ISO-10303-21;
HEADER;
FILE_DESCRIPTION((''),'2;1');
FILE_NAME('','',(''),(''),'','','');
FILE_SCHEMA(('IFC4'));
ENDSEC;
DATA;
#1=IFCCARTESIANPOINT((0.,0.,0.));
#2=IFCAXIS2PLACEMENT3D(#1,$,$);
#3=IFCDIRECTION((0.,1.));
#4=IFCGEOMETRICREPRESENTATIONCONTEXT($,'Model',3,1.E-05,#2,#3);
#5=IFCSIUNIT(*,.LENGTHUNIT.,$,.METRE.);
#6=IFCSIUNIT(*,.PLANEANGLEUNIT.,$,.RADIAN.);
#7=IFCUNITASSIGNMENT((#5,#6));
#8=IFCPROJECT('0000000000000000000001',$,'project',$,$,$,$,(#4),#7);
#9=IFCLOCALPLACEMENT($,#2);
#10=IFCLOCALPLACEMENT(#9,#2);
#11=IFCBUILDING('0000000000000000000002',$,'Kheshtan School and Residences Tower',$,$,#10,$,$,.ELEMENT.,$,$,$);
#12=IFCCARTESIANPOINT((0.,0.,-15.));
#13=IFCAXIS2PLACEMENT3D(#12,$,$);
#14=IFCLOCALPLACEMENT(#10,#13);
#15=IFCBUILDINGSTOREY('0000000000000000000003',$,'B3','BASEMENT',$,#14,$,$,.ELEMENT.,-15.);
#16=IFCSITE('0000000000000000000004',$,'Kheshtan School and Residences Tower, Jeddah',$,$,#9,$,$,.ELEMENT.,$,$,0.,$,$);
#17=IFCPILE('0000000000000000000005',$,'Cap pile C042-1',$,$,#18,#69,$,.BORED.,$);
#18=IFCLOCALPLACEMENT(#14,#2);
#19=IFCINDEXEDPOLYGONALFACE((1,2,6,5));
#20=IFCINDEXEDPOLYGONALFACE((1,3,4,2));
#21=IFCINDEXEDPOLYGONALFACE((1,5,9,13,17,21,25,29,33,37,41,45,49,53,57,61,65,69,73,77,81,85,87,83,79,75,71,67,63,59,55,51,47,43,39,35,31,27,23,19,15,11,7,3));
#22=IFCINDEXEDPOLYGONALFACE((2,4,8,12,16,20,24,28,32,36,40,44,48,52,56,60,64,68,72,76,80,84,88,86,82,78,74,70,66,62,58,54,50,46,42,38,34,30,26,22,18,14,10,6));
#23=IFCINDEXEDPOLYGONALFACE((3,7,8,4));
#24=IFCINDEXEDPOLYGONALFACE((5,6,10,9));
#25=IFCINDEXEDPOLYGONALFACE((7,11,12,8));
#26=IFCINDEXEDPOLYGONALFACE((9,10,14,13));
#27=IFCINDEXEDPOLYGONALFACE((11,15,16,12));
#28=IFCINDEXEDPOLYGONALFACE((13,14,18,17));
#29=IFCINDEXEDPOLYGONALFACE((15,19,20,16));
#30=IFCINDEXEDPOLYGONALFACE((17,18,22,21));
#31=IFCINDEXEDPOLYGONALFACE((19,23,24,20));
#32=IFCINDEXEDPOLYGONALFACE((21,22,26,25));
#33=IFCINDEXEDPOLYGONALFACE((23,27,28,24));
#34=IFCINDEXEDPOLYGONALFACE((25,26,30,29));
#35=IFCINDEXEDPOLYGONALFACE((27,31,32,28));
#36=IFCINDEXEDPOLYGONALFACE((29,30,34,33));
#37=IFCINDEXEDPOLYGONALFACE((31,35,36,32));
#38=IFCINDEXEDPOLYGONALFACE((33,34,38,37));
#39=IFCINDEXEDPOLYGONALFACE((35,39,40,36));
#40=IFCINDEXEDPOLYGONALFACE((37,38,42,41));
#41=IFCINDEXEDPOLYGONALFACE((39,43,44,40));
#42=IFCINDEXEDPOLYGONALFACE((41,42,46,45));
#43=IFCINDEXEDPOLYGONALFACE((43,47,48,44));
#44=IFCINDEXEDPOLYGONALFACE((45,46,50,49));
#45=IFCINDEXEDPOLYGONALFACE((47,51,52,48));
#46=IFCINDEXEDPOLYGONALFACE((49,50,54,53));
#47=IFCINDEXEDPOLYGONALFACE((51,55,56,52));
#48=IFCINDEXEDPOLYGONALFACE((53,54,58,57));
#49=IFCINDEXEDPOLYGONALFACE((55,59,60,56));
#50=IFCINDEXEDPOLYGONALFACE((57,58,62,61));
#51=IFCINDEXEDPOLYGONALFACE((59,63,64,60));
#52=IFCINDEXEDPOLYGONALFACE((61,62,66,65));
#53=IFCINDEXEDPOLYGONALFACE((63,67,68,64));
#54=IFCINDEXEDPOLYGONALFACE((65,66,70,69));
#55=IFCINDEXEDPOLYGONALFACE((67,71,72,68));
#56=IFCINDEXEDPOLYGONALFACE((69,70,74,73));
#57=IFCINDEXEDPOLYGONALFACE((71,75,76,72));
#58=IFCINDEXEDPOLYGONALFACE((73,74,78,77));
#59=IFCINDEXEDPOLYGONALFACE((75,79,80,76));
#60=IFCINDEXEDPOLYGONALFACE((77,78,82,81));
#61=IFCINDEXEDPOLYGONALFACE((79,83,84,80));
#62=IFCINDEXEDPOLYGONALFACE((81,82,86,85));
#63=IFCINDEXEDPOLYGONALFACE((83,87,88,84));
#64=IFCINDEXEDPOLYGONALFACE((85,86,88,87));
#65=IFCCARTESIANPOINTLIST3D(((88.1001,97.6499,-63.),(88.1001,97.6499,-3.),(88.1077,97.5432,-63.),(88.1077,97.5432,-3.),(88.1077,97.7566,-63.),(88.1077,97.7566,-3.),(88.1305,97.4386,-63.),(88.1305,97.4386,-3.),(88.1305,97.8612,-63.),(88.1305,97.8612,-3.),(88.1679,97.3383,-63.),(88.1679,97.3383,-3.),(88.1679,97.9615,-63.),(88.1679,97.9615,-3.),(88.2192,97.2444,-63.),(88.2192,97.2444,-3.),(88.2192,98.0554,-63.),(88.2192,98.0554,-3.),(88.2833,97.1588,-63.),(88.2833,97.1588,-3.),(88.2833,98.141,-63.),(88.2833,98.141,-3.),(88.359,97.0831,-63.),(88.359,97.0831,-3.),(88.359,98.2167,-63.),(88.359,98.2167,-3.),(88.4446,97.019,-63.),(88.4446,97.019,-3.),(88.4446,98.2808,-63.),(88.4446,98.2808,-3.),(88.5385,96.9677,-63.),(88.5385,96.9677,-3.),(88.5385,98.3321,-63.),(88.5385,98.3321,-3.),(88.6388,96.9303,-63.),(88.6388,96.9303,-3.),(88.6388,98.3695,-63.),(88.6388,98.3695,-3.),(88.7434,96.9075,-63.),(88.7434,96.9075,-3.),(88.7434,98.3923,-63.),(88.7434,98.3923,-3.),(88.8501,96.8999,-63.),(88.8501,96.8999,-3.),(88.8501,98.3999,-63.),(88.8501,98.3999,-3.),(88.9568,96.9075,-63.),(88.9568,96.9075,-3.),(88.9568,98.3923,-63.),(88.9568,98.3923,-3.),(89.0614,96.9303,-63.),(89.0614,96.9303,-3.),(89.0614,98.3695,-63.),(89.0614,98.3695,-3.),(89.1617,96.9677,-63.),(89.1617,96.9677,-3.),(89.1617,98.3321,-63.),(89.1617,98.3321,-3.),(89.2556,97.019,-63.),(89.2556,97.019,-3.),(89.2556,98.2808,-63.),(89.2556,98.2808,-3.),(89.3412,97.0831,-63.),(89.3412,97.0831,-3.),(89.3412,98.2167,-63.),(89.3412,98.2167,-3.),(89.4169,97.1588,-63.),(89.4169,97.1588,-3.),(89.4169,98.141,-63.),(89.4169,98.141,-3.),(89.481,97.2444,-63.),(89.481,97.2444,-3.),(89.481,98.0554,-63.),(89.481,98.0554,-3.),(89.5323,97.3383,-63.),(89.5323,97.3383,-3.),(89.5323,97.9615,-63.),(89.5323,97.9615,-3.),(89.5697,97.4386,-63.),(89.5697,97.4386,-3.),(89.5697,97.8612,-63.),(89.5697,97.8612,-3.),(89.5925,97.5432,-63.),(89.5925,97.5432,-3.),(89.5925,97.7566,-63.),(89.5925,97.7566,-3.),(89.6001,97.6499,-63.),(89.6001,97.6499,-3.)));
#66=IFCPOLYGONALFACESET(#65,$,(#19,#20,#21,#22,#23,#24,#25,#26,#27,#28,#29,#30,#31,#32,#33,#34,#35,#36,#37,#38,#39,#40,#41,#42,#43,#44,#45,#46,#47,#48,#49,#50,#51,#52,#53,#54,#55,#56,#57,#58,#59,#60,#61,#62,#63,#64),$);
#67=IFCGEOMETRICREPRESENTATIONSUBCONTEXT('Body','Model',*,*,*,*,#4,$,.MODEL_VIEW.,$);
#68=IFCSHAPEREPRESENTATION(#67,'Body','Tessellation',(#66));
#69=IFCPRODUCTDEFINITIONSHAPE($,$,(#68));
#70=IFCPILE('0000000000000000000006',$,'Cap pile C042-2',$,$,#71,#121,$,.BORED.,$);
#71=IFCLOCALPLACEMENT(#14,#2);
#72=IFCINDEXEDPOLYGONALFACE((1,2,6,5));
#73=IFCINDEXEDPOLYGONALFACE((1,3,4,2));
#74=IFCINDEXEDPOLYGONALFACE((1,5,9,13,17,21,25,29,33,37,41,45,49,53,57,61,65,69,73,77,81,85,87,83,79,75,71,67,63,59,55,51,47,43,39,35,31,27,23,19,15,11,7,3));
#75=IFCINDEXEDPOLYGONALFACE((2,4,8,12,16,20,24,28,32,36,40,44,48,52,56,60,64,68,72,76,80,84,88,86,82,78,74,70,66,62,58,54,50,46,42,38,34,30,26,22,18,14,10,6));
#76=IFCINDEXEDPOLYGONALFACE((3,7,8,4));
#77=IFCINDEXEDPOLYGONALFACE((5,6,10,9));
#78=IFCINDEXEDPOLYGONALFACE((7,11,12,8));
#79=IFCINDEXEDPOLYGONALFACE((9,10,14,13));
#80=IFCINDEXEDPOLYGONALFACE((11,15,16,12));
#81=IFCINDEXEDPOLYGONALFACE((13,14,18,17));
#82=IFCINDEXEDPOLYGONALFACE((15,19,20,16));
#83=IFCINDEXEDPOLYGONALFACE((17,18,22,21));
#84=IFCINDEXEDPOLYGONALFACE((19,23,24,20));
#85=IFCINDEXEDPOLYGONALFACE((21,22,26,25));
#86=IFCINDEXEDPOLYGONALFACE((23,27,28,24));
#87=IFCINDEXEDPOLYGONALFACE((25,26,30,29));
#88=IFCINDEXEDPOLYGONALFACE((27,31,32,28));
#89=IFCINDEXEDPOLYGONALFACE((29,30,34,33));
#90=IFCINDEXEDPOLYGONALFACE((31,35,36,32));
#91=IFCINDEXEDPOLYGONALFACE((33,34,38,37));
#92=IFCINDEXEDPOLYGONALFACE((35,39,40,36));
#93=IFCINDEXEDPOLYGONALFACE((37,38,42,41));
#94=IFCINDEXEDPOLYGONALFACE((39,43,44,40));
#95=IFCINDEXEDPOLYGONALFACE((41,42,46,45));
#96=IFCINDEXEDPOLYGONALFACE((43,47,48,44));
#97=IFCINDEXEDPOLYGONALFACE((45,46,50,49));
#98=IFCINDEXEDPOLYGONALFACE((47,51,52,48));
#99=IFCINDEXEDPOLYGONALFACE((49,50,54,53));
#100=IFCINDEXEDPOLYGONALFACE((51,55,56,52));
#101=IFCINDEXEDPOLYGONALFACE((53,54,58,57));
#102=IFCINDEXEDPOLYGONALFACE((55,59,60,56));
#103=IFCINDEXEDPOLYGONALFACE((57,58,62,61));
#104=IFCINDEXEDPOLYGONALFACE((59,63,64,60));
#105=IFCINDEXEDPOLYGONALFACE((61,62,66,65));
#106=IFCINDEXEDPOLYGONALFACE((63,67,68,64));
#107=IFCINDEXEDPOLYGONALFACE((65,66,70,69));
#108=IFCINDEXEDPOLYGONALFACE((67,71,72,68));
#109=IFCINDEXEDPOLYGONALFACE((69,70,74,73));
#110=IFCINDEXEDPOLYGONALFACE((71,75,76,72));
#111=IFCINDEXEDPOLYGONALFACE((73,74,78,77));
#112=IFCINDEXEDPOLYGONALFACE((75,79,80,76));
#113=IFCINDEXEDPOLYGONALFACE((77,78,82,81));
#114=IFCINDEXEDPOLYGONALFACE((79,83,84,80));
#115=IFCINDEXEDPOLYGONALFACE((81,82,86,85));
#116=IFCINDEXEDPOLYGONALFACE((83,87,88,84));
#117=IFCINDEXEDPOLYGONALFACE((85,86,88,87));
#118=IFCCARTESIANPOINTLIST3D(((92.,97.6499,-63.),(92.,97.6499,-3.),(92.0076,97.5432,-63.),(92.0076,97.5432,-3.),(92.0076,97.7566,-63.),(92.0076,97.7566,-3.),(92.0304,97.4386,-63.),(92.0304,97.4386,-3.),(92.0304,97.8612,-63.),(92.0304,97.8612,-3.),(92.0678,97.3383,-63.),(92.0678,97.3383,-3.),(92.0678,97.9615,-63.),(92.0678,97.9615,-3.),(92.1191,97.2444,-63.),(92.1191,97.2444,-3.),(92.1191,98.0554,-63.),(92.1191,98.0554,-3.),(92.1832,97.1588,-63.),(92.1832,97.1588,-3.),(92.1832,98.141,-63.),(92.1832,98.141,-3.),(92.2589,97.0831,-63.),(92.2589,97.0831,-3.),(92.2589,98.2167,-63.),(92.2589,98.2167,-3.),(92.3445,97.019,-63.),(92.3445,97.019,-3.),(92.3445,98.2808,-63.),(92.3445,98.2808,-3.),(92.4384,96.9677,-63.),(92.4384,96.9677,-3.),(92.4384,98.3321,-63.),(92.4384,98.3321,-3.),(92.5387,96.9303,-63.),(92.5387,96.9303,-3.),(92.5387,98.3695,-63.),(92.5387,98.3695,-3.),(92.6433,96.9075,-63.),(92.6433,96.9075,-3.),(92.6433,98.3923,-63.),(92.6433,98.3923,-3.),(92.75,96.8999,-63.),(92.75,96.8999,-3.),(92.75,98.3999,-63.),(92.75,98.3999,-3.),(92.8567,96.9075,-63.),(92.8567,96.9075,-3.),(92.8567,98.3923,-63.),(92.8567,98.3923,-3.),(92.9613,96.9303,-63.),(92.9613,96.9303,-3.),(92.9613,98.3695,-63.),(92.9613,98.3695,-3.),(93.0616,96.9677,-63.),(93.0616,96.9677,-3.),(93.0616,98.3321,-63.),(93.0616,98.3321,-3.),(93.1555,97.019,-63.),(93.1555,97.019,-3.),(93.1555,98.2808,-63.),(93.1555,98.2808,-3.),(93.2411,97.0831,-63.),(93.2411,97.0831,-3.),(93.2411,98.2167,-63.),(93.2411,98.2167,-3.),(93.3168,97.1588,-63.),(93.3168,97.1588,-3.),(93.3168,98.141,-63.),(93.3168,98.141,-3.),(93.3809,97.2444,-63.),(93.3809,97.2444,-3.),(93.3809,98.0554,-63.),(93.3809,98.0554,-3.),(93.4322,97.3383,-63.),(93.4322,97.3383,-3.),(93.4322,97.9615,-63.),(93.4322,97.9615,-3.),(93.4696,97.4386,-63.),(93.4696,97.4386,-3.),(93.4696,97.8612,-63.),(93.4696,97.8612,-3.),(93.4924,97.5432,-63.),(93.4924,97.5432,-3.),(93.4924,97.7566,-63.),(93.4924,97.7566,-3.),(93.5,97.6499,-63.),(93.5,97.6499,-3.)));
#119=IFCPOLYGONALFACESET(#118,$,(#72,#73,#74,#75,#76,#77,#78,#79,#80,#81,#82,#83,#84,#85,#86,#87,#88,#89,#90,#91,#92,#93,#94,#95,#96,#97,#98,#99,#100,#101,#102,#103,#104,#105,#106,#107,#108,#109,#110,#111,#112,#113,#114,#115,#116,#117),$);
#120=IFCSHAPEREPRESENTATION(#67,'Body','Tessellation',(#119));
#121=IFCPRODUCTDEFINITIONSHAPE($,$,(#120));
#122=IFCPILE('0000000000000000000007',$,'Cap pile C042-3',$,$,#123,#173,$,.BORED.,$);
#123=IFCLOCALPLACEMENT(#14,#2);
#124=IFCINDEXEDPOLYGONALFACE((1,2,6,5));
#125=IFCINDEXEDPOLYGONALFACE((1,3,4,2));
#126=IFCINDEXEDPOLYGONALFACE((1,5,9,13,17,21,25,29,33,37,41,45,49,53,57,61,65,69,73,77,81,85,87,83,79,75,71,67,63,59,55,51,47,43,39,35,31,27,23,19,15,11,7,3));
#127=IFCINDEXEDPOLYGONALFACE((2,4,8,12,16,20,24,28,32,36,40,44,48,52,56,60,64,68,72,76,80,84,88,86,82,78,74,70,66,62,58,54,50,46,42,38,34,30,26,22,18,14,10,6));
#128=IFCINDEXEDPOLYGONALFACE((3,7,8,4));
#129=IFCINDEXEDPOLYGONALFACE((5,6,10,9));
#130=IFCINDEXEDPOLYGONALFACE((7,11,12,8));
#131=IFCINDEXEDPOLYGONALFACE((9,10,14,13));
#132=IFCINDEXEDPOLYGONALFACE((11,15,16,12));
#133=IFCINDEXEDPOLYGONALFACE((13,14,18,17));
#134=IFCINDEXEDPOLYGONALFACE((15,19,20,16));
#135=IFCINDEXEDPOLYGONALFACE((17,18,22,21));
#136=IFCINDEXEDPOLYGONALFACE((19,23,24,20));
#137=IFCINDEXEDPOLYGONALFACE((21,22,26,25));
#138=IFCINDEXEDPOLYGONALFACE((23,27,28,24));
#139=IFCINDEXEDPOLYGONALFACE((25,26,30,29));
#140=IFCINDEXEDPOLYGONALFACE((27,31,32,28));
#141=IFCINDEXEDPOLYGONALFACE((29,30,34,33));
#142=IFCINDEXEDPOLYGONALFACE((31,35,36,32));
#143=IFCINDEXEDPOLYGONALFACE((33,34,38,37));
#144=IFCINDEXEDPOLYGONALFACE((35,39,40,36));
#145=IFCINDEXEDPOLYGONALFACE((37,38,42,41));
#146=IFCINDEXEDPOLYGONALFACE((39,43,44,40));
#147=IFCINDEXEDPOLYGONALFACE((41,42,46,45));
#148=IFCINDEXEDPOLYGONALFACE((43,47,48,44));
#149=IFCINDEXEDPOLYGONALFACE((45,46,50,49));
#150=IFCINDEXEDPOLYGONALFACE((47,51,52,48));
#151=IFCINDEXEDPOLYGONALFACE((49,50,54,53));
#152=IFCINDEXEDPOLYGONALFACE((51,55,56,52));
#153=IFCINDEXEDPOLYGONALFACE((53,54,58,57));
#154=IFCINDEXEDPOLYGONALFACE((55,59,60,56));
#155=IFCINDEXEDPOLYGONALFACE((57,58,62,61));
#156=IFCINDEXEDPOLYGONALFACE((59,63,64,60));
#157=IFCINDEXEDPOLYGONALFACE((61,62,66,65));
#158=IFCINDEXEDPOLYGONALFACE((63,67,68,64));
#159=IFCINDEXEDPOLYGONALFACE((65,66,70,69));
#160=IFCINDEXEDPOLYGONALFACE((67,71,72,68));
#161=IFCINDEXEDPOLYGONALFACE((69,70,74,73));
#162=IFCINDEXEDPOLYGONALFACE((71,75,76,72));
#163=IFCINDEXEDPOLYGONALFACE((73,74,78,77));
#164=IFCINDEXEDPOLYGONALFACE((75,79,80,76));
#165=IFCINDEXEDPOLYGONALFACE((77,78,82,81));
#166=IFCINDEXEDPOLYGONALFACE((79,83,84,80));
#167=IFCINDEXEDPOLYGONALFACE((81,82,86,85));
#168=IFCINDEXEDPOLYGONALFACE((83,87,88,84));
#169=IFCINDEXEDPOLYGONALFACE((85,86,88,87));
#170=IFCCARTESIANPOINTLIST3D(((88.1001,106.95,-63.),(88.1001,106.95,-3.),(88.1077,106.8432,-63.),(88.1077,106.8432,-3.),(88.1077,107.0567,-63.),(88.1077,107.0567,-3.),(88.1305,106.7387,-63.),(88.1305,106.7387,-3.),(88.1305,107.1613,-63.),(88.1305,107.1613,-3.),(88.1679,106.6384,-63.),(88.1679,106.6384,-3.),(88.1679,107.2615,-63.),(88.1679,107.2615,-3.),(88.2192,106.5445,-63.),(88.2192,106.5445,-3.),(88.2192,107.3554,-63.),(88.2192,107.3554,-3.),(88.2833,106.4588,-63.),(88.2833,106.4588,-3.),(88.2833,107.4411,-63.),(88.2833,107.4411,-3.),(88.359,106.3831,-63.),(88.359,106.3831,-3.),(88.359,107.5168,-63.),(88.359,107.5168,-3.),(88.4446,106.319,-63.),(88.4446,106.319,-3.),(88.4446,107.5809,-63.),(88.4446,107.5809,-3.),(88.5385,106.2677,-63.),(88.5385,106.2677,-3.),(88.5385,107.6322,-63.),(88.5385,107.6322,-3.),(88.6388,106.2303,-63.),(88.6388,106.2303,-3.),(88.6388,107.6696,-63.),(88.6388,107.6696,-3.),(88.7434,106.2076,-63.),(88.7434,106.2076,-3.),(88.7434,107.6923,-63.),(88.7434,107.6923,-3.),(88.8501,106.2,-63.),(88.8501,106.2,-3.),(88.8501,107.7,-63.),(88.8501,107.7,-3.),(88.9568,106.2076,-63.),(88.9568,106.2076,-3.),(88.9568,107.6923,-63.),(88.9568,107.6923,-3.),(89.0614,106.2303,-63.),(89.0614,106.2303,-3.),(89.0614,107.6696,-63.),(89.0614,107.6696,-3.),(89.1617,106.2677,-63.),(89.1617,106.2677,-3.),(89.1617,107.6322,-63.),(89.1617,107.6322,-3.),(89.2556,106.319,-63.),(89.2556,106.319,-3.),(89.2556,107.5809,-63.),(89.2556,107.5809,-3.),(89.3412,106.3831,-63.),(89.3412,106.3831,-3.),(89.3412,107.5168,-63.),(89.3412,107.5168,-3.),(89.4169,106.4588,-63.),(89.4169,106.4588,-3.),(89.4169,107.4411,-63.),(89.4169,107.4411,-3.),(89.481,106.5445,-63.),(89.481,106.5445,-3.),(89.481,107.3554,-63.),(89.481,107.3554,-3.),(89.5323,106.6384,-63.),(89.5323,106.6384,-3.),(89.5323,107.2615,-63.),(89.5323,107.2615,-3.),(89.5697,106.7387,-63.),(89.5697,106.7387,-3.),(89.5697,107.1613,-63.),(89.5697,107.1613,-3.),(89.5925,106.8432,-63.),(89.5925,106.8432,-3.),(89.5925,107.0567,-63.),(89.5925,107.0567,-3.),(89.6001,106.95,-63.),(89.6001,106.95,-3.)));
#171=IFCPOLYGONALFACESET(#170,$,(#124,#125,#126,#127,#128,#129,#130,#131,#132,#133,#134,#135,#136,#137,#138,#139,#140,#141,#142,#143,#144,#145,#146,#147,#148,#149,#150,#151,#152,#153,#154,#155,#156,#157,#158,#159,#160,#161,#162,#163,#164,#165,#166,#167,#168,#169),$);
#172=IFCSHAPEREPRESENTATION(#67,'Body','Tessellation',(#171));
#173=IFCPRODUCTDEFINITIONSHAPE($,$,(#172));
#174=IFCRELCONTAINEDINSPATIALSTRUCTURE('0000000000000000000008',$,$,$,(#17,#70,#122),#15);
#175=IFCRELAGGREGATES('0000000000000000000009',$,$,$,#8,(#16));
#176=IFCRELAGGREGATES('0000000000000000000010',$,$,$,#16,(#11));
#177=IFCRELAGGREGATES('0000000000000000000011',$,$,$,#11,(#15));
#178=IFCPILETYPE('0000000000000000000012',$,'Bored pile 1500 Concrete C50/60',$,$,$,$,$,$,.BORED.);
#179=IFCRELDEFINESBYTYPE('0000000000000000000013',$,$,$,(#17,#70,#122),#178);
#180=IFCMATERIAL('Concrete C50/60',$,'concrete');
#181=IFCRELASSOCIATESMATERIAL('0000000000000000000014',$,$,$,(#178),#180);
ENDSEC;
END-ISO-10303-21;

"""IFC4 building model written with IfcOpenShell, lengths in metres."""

from ifc_helpers import new_model, si_unit, direction, frame, origin, origin_2d, place, context, subcontext, project, spatial, circle, extrude, material, material_profile, profile_set, type_object, element, save


model = new_model("IFC4")

# Units and contexts
model_context = context("Model", 3, precision=1e-05, world=origin(), true_north=direction((0.0, 1.0)))
body_context = subcontext(model_context, "Body", "Model", "MODEL_VIEW")
ifc_project = project(units=[si_unit("LENGTHUNIT", "METRE"), si_unit("PLANEANGLEUNIT", "RADIAN")], contexts=[model_context])

# Site, building, storey
site_placement = place(None, origin())
site = spatial("IfcSite", under=ifc_project, at=site_placement, Name="Kheshtan School and Residences Tower, Jeddah", CompositionType="ELEMENT", RefElevation=0.0)
building_placement = place(site_placement, origin())
building = spatial("IfcBuilding", under=site, at=building_placement, Name="Kheshtan School and Residences Tower", CompositionType="ELEMENT")
storey_placement = place(building_placement, frame((0.0, 0.0, -15.0)))
storey = spatial("IfcBuildingStorey", under=building, at=storey_placement, Name="B3", Description="BASEMENT", CompositionType="ELEMENT", Elevation=-15.0)

# Piles
ifc_material_1 = material(Name="Concrete C50/60", Category="concrete")
ifc_material_profile_1 = material_profile(ifc_material_1, circle(Radius=0.75, at=origin_2d()), Name="BP 1500")
ifc_profile_set_1 = profile_set([ifc_material_profile_1], Name="Concrete C50/60")
pile_type = type_object("IfcPileType", Name="Bored pile 1500 Concrete C50/60", PredefinedType="BORED", material=ifc_profile_set_1)
for number, where, z_axis, x_axis, name in (
    (1, (88.8501, 97.6499, -3.0), (0.0, 0.0, -1.0), (1.0, 0.0, 0.0), "Cap pile C042-1"),
    (2, (92.75, 97.6499, -3.0), (0.0, 0.0, -1.0), (1.0, 0.0, 0.0), "Cap pile C042-2"),
    (3, (88.8501, 106.95, -3.0), (0.0, 0.0, -1.0), (1.0, 0.0, 0.0), "Cap pile C042-3"),
):
    element("IfcPile", number, at=place(storey_placement, frame(where, z_axis=z_axis, x_axis=x_axis)), inside=storey, type_object=pile_type, Name=name, PredefinedType="BORED", context=body_context, shape_type="SweptSolid", body=[
        extrude(circle(Radius=0.75, at=origin_2d()), origin(), (0.0, 0.0, 1.0), 60.0),
    ])

save(model, "model.ifc")
